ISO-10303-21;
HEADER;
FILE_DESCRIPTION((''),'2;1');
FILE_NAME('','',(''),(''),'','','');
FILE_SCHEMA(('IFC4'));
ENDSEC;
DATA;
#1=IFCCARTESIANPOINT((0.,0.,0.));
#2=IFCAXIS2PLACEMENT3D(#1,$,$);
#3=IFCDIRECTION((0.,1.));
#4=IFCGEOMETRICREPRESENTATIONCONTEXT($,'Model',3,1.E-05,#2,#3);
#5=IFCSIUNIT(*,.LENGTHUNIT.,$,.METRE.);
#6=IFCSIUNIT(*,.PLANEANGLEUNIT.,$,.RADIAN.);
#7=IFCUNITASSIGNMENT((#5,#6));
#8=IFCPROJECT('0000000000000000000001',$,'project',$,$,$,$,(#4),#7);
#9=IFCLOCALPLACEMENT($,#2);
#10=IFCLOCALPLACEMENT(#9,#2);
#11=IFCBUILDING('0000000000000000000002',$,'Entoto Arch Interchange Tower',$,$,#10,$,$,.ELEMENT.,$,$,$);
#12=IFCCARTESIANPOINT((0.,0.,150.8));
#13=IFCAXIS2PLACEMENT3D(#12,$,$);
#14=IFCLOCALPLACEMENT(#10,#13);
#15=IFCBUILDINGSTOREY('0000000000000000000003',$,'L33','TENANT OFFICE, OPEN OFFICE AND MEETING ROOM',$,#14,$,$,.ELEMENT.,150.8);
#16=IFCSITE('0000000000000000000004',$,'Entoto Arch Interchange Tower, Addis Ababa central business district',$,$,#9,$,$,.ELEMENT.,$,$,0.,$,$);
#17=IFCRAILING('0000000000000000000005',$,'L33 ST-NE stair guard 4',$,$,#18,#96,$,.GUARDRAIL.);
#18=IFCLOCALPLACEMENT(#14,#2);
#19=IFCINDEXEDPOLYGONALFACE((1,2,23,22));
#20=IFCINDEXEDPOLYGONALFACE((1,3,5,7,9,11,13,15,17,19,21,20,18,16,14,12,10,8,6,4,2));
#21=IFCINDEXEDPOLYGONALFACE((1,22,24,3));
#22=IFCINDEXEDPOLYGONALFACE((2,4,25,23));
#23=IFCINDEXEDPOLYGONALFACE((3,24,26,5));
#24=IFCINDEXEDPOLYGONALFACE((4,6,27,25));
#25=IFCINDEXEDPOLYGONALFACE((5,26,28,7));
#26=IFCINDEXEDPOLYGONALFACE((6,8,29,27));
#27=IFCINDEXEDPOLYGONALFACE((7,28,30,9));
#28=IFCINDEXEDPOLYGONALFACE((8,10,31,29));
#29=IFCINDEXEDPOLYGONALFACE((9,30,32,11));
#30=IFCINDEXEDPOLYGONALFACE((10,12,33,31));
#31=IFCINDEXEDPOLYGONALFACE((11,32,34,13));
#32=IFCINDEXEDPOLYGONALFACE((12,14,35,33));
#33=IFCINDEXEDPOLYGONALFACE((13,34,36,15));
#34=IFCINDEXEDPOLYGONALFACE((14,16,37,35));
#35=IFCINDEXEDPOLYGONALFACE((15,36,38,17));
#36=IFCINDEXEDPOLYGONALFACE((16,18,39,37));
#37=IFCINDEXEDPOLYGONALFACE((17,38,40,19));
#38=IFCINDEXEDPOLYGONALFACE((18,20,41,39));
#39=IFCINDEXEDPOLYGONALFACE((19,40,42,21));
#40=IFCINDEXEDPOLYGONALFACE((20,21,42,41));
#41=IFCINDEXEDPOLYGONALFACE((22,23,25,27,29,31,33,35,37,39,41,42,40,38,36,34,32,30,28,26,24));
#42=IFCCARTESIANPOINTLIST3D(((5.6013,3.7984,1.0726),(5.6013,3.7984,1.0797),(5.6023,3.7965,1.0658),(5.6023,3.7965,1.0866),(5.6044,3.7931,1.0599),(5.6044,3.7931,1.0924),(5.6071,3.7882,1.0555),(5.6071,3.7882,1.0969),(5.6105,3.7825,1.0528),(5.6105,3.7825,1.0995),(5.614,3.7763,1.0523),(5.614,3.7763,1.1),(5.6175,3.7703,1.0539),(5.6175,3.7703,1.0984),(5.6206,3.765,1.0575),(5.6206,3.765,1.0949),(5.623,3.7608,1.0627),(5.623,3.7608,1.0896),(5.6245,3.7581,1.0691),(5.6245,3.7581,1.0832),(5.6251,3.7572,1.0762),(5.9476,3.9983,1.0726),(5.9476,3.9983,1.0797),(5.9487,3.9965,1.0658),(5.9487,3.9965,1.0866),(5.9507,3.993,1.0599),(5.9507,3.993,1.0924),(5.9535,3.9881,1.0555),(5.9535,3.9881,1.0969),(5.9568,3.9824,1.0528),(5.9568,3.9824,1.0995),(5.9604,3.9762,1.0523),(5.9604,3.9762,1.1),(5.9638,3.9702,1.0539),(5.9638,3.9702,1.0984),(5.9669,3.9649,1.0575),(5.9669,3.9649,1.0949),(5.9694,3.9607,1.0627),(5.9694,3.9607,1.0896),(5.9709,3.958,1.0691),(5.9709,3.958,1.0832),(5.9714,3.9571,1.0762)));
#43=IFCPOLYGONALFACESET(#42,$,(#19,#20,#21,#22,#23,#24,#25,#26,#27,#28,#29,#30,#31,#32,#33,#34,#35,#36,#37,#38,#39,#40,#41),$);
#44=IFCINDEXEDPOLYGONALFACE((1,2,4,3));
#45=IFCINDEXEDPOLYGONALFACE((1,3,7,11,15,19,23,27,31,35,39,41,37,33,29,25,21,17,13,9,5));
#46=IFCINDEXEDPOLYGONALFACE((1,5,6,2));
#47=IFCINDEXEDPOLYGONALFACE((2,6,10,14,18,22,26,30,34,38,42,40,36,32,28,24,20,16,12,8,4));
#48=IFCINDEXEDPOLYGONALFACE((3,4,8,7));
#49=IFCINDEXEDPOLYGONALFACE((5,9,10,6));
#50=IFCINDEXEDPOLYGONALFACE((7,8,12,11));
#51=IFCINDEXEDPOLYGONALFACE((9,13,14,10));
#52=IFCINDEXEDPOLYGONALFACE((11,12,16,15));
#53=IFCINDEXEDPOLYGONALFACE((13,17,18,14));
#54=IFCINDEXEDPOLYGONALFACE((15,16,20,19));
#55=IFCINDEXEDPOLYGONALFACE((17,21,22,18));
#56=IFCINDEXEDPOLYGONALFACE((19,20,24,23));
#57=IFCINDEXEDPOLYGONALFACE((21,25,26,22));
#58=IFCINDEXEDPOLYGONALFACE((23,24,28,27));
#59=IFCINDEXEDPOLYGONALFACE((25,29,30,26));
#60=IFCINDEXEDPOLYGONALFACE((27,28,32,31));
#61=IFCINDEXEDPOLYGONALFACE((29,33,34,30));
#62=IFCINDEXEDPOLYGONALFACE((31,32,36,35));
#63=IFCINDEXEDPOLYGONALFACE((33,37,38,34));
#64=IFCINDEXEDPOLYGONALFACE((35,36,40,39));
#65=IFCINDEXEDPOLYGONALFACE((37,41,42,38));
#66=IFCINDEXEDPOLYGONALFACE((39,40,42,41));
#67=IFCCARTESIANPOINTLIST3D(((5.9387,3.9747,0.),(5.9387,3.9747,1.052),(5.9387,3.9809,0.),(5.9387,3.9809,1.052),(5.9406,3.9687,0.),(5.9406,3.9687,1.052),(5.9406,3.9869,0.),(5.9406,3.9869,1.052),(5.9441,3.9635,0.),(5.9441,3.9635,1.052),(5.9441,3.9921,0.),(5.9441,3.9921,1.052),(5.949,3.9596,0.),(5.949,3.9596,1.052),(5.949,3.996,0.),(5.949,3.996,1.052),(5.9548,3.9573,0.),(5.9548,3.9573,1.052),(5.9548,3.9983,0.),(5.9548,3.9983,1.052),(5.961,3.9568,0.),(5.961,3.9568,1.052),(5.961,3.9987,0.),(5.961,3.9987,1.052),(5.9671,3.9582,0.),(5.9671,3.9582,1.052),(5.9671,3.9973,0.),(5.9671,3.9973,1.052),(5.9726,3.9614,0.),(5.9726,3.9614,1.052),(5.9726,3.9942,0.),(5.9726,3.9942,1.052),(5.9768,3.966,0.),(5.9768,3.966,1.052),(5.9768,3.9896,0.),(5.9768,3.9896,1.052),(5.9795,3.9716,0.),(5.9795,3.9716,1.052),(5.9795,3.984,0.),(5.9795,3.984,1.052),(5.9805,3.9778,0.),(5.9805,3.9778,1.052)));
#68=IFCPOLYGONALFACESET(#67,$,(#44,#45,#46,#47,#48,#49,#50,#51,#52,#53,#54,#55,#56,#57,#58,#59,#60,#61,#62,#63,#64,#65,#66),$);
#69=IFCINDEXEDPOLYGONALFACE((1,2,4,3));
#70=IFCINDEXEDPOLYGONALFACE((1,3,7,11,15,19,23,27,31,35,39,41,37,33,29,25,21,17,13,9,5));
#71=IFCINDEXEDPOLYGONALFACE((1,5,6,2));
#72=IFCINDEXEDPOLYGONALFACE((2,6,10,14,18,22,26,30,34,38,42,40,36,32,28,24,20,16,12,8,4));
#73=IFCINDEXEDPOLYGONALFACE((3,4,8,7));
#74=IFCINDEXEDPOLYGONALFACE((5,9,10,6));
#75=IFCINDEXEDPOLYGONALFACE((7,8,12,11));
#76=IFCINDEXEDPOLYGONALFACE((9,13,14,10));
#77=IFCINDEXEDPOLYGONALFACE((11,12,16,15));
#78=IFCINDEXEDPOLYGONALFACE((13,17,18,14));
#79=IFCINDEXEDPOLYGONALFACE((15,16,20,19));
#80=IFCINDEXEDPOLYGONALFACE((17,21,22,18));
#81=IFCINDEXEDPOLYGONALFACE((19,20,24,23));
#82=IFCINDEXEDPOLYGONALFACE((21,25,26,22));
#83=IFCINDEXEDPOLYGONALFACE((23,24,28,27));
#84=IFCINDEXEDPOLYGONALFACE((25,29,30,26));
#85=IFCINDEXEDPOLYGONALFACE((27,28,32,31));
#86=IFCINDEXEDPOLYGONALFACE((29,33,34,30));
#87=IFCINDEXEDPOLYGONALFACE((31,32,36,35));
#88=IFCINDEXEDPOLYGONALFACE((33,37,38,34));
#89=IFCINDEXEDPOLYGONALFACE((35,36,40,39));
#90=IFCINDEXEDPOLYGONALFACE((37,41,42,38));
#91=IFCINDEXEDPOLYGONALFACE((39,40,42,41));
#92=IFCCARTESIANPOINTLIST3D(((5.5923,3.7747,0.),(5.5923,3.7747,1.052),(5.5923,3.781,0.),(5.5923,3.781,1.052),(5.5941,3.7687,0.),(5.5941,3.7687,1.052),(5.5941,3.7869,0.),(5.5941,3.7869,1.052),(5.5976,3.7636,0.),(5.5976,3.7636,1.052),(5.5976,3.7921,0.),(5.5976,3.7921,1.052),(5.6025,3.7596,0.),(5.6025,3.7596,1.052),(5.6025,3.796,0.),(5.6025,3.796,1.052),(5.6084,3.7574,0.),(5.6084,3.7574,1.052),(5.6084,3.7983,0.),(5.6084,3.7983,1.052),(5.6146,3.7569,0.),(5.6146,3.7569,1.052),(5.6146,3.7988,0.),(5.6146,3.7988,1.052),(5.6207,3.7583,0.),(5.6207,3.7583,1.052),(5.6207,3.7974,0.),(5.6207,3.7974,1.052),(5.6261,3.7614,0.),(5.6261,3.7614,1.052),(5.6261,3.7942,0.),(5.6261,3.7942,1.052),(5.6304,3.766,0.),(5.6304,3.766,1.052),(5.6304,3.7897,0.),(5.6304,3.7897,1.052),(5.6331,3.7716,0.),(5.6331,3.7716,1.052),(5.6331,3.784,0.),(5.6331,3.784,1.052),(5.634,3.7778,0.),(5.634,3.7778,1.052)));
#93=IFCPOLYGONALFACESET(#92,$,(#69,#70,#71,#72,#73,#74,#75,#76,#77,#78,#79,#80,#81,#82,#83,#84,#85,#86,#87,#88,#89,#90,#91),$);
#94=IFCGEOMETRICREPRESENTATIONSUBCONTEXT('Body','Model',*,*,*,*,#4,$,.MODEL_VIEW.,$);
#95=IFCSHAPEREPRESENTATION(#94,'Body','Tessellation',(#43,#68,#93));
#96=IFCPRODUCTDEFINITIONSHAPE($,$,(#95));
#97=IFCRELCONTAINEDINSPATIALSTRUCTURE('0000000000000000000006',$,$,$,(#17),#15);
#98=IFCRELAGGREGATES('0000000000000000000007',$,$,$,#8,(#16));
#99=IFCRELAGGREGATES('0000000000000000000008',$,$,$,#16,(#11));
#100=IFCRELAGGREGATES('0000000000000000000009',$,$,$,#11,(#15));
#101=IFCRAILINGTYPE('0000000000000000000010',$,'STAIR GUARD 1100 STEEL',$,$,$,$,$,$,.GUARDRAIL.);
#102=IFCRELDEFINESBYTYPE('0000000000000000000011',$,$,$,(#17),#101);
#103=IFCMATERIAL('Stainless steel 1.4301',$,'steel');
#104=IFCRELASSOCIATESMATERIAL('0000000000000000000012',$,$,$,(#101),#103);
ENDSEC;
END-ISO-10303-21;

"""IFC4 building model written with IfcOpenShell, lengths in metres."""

from ifc_helpers import new_model, si_unit, direction, frame, origin, origin_2d, place, context, subcontext, project, spatial, circle, extrude, material, type_object, element, save


model = new_model("IFC4")

# Units and contexts
model_context = context("Model", 3, precision=1e-05, world=origin(), true_north=direction((0.0, 1.0)))
body_context = subcontext(model_context, "Body", "Model", "MODEL_VIEW")
ifc_project = project(units=[si_unit("LENGTHUNIT", "METRE"), si_unit("PLANEANGLEUNIT", "RADIAN")], contexts=[model_context])

# Site, building, storey
site_placement = place(None, origin())
site = spatial("IfcSite", under=ifc_project, at=site_placement, Name="Entoto Arch Interchange Tower, Addis Ababa central business district", CompositionType="ELEMENT", RefElevation=0.0)
building_placement = place(site_placement, origin())
building = spatial("IfcBuilding", under=site, at=building_placement, Name="Entoto Arch Interchange Tower", CompositionType="ELEMENT")
storey_placement = place(building_placement, frame((0.0, 0.0, 150.8)))
storey = spatial("IfcBuildingStorey", under=building, at=storey_placement, Name="L33", Description="TENANT OFFICE, OPEN OFFICE AND MEETING ROOM", CompositionType="ELEMENT", Elevation=150.8)

# Railing
ifc_material_1 = material(Name="Stainless steel 1.4301", Category="steel")
railing_type_1 = type_object("IfcRailingType", Name="STAIR GUARD 1100 STEEL", PredefinedType="GUARDRAIL", material=ifc_material_1)
railing_1_placement = place(storey_placement, frame((5.9595, 3.9778, 0.0)))
element("IfcRailing", 1, at=railing_1_placement, inside=storey, type_object=railing_type_1, Name="L33 ST-NE stair guard 4", PredefinedType="GUARDRAIL", context=body_context, shape_type="SweptSolid", body=[
    extrude(circle(Radius=0.0239, at=origin_2d()), frame((0.0, 0.0, 1.0762), z_axis=(-0.866094, -0.499881, 0.0), x_axis=(0.499881, -0.866094, 0.0)), (0.0, 0.0, 1.0), 0.3999),
    extrude(circle(Radius=0.021, at=origin_2d()), origin(), (0.0, 0.0, 1.0), 1.052),
    extrude(circle(Radius=0.021, at=origin_2d()), frame((-0.3464, -0.2, 0.0)), (0.0, 0.0, 1.0), 1.052),
])

save(model, "model.ifc")
